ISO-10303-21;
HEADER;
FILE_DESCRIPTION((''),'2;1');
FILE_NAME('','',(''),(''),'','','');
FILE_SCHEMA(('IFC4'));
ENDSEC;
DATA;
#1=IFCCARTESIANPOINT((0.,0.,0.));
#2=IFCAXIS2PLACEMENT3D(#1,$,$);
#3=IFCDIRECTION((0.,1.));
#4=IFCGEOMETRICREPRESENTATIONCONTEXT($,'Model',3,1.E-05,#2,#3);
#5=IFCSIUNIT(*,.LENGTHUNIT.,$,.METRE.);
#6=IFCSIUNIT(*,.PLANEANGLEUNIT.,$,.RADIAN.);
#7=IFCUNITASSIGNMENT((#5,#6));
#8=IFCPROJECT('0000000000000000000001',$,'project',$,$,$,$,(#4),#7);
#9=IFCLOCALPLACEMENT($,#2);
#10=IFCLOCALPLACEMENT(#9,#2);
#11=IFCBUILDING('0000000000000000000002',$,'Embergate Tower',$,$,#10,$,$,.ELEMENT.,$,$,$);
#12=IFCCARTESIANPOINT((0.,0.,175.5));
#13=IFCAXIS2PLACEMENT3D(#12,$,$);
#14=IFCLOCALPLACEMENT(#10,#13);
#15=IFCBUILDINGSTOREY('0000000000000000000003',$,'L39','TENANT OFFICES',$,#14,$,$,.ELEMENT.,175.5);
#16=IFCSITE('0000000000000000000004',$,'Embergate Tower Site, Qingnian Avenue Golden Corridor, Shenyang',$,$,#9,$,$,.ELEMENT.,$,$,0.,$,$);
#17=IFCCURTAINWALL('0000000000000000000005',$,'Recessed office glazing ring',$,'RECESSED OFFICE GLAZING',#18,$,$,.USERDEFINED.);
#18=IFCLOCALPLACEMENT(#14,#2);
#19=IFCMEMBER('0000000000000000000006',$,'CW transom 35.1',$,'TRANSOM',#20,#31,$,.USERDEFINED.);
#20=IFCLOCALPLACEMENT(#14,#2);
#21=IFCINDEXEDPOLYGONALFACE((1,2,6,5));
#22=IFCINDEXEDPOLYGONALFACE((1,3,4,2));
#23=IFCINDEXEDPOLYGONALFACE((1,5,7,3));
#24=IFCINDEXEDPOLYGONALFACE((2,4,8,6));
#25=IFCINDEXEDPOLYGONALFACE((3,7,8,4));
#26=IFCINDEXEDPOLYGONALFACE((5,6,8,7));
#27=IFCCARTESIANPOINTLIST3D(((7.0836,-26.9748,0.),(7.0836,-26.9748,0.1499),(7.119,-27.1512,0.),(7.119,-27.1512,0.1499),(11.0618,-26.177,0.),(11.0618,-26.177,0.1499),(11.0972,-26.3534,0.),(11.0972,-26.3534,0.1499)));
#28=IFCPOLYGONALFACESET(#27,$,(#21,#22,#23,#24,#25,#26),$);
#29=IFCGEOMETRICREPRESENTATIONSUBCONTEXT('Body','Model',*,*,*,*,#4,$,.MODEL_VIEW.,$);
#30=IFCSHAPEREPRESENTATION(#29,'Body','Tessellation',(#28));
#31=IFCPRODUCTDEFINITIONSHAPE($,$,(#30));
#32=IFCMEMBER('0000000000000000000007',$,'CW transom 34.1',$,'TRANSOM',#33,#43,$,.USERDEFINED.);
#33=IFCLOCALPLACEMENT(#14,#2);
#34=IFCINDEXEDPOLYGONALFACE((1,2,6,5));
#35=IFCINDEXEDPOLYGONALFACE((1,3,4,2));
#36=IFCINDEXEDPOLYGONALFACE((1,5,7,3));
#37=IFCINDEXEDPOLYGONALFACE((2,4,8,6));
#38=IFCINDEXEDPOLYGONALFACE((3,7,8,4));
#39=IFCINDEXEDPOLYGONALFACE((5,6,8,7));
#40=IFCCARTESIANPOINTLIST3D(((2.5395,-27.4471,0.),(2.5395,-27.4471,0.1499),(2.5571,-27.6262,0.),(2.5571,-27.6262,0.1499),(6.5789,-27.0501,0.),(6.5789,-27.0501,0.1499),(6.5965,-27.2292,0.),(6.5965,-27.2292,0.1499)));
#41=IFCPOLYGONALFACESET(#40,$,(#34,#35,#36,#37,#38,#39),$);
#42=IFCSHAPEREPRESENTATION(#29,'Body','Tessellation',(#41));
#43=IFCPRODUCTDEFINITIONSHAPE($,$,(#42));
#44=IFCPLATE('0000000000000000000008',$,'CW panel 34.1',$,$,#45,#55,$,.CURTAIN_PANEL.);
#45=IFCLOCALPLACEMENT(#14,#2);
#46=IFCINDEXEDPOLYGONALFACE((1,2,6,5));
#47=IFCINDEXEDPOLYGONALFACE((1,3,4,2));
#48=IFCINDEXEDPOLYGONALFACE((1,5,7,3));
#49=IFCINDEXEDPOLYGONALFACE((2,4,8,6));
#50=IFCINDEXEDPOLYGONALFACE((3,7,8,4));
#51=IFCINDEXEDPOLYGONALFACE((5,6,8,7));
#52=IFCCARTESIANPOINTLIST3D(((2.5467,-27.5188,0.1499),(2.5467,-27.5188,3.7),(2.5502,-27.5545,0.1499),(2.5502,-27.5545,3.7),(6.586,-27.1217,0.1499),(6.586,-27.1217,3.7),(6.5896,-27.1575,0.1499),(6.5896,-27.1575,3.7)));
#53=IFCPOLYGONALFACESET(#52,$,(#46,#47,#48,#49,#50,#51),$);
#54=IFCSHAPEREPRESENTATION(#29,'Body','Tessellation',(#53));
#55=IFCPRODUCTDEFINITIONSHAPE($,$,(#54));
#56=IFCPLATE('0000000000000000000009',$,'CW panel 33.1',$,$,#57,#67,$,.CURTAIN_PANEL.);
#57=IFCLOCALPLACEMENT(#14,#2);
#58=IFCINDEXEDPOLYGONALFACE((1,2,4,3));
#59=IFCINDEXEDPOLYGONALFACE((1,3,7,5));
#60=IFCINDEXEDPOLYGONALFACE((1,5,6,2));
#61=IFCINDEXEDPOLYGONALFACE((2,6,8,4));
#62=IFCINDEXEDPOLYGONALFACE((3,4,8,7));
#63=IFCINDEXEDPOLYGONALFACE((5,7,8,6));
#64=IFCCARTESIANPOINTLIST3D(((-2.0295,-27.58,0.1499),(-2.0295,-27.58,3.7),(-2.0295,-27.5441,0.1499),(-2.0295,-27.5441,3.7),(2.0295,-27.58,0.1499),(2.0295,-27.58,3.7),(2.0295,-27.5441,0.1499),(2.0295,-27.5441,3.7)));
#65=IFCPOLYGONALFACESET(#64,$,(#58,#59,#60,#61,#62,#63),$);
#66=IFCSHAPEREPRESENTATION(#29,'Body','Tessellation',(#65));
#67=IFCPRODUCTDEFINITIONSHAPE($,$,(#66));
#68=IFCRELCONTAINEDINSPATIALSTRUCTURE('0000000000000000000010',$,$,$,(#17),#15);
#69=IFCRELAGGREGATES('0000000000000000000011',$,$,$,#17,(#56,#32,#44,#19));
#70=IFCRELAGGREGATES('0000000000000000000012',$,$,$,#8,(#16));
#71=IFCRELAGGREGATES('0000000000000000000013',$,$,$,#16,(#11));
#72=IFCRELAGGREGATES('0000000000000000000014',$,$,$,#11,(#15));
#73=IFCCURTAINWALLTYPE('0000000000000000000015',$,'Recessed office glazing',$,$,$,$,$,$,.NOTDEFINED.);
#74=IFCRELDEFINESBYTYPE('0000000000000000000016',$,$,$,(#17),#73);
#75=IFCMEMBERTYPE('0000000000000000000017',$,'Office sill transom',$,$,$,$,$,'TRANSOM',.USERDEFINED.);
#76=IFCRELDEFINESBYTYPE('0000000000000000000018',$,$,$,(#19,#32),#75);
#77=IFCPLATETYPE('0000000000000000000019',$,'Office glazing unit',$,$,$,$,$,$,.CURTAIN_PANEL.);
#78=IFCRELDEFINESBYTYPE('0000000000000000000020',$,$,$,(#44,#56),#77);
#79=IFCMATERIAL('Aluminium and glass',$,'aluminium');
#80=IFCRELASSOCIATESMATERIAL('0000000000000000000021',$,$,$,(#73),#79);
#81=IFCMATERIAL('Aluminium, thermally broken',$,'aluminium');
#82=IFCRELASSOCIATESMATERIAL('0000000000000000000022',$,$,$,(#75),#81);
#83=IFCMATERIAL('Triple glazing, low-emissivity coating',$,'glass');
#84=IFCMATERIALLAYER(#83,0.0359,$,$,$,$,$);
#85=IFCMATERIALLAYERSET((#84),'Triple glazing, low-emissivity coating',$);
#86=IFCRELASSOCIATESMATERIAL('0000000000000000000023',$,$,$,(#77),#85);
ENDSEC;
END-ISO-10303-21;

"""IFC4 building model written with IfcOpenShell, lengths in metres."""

from ifc_helpers import new_model, si_unit, direction, frame, origin, origin_2d, place, context, subcontext, project, spatial, rectangle, extrude, source, transform, mapped, material, layer, layer_set, material_profile, profile_set, type_object, element, aggregate, save


model = new_model("IFC4")

# Units and contexts
model_context = context("Model", 3, precision=1e-05, world=origin(), true_north=direction((0.0, 1.0)))
body_context = subcontext(model_context, "Body", "Model", "MODEL_VIEW")
ifc_project = project(units=[si_unit("LENGTHUNIT", "METRE"), si_unit("PLANEANGLEUNIT", "RADIAN")], contexts=[model_context])

# Site, building, storey
site_placement = place(None, origin())
site = spatial("IfcSite", under=ifc_project, at=site_placement, Name="Embergate Tower Site, Qingnian Avenue Golden Corridor, Shenyang", CompositionType="ELEMENT", RefElevation=0.0)
building_placement = place(site_placement, origin())
building = spatial("IfcBuilding", under=site, at=building_placement, Name="Embergate Tower", CompositionType="ELEMENT")
storey_placement = place(building_placement, frame((0.0, 0.0, 175.5)))
storey = spatial("IfcBuildingStorey", under=building, at=storey_placement, Name="L39", Description="TENANT OFFICES", CompositionType="ELEMENT", Elevation=175.5)

# Curtain wall, members, plates
ifc_material_1 = material(Name="Aluminium and glass", Category="aluminium")
curtain_wall_type = type_object("IfcCurtainWallType", Name="Recessed office glazing", PredefinedType="NOTDEFINED", material=ifc_material_1)
curtain_wall_placement = place(storey_placement, origin())
curtain_wall = element("IfcCurtainWall", 1, at=curtain_wall_placement, inside=storey, type_object=curtain_wall_type, Name="Recessed office glazing ring", ObjectType="RECESSED OFFICE GLAZING", PredefinedType="USERDEFINED")
ifc_material_2 = material(Name="Aluminium, thermally broken", Category="aluminium")
ifc_material_profile_1 = material_profile(ifc_material_2, rectangle(XDim=0.1799, YDim=0.1499, at=origin_2d()), Name="AL 150x180")
ifc_profile_set_1 = profile_set([ifc_material_profile_1], Name="Aluminium, thermally broken")
member_type_1 = type_object("IfcMemberType", Name="Office sill transom", ElementType="TRANSOM", PredefinedType="USERDEFINED", material=ifc_profile_set_1)
shared_shape_1 = source(origin(), body_context, "Body", "SweptSolid", [
    extrude(rectangle(XDim=0.1799, YDim=0.1499, at=origin_2d()), origin(), (0.0, 0.0, 1.0), 4.0574),
])
member_1_placement = place(storey_placement, frame((7.1013, -27.063, 0.075), z_axis=(0.980476, 0.196637, 0.0), x_axis=(-0.196637, 0.980476, 0.0)))
member_1 = element("IfcMember", 2, at=member_1_placement, type_object=member_type_1, Name="CW transom 35.1", ObjectType="TRANSOM", PredefinedType="USERDEFINED", context=body_context, shape_type="MappedRepresentation", body=[
    mapped(shared_shape_1, transform((0.0, 0.0, 0.0))),
])
shared_shape_2 = source(origin(), body_context, "Body", "SweptSolid", [
    extrude(rectangle(XDim=0.1799, YDim=0.1499, at=origin_2d()), origin(), (0.0, 0.0, 1.0), 4.0588),
])
member_2_placement = place(storey_placement, frame((2.5483, -27.5366, 0.075), z_axis=(0.995205, 0.097806, 0.0), x_axis=(-0.097806, 0.995205, 0.0)))
member_2 = element("IfcMember", 3, at=member_2_placement, type_object=member_type_1, Name="CW transom 34.1", ObjectType="TRANSOM", PredefinedType="USERDEFINED", context=body_context, shape_type="MappedRepresentation", body=[
    mapped(shared_shape_2, transform((0.0, 0.0, 0.0))),
])
ifc_material_3 = material(Name="Triple glazing, low-emissivity coating", Category="glass")
ifc_layer = layer(ifc_material_3, 0.0359)
ifc_layer_set = layer_set([ifc_layer], Name="Triple glazing, low-emissivity coating")
plate_type = type_object("IfcPlateType", Name="Office glazing unit", PredefinedType="CURTAIN_PANEL", material=ifc_layer_set)
shared_shape_3 = source(origin(), body_context, "Body", "SweptSolid", [
    extrude(rectangle(XDim=4.0588, YDim=0.0359, at=origin_2d()), origin(), (0.0, 0.0, 1.0), 3.55),
])
plate_1_placement = place(storey_placement, frame((4.5681, -27.3381, 0.1499), z_axis=(0.0, 0.0, 1.0), x_axis=(0.995203, 0.097828, 0.0)))
plate_1 = element("IfcPlate", 4, at=plate_1_placement, type_object=plate_type, Name="CW panel 34.1", PredefinedType="CURTAIN_PANEL", context=body_context, shape_type="MappedRepresentation", body=[
    mapped(shared_shape_3, transform((0.0, 0.0, 0.0))),
])
shared_shape_4 = source(origin(), body_context, "Body", "SweptSolid", [
    extrude(rectangle(XDim=4.0591, YDim=0.0359, at=origin_2d()), origin(), (0.0, 0.0, 1.0), 3.55),
])
plate_2_placement = place(storey_placement, frame((0.0, -27.562, 0.1499), z_axis=(0.0, 0.0, 1.0), x_axis=(1.0, 0.0, 0.0)))
plate_2 = element("IfcPlate", 5, at=plate_2_placement, type_object=plate_type, Name="CW panel 33.1", PredefinedType="CURTAIN_PANEL", context=body_context, shape_type="MappedRepresentation", body=[
    mapped(shared_shape_4, transform((0.0, 0.0, 0.0))),
])
aggregate(curtain_wall, [plate_2, member_2, plate_1, member_1])

save(model, "model.ifc")
